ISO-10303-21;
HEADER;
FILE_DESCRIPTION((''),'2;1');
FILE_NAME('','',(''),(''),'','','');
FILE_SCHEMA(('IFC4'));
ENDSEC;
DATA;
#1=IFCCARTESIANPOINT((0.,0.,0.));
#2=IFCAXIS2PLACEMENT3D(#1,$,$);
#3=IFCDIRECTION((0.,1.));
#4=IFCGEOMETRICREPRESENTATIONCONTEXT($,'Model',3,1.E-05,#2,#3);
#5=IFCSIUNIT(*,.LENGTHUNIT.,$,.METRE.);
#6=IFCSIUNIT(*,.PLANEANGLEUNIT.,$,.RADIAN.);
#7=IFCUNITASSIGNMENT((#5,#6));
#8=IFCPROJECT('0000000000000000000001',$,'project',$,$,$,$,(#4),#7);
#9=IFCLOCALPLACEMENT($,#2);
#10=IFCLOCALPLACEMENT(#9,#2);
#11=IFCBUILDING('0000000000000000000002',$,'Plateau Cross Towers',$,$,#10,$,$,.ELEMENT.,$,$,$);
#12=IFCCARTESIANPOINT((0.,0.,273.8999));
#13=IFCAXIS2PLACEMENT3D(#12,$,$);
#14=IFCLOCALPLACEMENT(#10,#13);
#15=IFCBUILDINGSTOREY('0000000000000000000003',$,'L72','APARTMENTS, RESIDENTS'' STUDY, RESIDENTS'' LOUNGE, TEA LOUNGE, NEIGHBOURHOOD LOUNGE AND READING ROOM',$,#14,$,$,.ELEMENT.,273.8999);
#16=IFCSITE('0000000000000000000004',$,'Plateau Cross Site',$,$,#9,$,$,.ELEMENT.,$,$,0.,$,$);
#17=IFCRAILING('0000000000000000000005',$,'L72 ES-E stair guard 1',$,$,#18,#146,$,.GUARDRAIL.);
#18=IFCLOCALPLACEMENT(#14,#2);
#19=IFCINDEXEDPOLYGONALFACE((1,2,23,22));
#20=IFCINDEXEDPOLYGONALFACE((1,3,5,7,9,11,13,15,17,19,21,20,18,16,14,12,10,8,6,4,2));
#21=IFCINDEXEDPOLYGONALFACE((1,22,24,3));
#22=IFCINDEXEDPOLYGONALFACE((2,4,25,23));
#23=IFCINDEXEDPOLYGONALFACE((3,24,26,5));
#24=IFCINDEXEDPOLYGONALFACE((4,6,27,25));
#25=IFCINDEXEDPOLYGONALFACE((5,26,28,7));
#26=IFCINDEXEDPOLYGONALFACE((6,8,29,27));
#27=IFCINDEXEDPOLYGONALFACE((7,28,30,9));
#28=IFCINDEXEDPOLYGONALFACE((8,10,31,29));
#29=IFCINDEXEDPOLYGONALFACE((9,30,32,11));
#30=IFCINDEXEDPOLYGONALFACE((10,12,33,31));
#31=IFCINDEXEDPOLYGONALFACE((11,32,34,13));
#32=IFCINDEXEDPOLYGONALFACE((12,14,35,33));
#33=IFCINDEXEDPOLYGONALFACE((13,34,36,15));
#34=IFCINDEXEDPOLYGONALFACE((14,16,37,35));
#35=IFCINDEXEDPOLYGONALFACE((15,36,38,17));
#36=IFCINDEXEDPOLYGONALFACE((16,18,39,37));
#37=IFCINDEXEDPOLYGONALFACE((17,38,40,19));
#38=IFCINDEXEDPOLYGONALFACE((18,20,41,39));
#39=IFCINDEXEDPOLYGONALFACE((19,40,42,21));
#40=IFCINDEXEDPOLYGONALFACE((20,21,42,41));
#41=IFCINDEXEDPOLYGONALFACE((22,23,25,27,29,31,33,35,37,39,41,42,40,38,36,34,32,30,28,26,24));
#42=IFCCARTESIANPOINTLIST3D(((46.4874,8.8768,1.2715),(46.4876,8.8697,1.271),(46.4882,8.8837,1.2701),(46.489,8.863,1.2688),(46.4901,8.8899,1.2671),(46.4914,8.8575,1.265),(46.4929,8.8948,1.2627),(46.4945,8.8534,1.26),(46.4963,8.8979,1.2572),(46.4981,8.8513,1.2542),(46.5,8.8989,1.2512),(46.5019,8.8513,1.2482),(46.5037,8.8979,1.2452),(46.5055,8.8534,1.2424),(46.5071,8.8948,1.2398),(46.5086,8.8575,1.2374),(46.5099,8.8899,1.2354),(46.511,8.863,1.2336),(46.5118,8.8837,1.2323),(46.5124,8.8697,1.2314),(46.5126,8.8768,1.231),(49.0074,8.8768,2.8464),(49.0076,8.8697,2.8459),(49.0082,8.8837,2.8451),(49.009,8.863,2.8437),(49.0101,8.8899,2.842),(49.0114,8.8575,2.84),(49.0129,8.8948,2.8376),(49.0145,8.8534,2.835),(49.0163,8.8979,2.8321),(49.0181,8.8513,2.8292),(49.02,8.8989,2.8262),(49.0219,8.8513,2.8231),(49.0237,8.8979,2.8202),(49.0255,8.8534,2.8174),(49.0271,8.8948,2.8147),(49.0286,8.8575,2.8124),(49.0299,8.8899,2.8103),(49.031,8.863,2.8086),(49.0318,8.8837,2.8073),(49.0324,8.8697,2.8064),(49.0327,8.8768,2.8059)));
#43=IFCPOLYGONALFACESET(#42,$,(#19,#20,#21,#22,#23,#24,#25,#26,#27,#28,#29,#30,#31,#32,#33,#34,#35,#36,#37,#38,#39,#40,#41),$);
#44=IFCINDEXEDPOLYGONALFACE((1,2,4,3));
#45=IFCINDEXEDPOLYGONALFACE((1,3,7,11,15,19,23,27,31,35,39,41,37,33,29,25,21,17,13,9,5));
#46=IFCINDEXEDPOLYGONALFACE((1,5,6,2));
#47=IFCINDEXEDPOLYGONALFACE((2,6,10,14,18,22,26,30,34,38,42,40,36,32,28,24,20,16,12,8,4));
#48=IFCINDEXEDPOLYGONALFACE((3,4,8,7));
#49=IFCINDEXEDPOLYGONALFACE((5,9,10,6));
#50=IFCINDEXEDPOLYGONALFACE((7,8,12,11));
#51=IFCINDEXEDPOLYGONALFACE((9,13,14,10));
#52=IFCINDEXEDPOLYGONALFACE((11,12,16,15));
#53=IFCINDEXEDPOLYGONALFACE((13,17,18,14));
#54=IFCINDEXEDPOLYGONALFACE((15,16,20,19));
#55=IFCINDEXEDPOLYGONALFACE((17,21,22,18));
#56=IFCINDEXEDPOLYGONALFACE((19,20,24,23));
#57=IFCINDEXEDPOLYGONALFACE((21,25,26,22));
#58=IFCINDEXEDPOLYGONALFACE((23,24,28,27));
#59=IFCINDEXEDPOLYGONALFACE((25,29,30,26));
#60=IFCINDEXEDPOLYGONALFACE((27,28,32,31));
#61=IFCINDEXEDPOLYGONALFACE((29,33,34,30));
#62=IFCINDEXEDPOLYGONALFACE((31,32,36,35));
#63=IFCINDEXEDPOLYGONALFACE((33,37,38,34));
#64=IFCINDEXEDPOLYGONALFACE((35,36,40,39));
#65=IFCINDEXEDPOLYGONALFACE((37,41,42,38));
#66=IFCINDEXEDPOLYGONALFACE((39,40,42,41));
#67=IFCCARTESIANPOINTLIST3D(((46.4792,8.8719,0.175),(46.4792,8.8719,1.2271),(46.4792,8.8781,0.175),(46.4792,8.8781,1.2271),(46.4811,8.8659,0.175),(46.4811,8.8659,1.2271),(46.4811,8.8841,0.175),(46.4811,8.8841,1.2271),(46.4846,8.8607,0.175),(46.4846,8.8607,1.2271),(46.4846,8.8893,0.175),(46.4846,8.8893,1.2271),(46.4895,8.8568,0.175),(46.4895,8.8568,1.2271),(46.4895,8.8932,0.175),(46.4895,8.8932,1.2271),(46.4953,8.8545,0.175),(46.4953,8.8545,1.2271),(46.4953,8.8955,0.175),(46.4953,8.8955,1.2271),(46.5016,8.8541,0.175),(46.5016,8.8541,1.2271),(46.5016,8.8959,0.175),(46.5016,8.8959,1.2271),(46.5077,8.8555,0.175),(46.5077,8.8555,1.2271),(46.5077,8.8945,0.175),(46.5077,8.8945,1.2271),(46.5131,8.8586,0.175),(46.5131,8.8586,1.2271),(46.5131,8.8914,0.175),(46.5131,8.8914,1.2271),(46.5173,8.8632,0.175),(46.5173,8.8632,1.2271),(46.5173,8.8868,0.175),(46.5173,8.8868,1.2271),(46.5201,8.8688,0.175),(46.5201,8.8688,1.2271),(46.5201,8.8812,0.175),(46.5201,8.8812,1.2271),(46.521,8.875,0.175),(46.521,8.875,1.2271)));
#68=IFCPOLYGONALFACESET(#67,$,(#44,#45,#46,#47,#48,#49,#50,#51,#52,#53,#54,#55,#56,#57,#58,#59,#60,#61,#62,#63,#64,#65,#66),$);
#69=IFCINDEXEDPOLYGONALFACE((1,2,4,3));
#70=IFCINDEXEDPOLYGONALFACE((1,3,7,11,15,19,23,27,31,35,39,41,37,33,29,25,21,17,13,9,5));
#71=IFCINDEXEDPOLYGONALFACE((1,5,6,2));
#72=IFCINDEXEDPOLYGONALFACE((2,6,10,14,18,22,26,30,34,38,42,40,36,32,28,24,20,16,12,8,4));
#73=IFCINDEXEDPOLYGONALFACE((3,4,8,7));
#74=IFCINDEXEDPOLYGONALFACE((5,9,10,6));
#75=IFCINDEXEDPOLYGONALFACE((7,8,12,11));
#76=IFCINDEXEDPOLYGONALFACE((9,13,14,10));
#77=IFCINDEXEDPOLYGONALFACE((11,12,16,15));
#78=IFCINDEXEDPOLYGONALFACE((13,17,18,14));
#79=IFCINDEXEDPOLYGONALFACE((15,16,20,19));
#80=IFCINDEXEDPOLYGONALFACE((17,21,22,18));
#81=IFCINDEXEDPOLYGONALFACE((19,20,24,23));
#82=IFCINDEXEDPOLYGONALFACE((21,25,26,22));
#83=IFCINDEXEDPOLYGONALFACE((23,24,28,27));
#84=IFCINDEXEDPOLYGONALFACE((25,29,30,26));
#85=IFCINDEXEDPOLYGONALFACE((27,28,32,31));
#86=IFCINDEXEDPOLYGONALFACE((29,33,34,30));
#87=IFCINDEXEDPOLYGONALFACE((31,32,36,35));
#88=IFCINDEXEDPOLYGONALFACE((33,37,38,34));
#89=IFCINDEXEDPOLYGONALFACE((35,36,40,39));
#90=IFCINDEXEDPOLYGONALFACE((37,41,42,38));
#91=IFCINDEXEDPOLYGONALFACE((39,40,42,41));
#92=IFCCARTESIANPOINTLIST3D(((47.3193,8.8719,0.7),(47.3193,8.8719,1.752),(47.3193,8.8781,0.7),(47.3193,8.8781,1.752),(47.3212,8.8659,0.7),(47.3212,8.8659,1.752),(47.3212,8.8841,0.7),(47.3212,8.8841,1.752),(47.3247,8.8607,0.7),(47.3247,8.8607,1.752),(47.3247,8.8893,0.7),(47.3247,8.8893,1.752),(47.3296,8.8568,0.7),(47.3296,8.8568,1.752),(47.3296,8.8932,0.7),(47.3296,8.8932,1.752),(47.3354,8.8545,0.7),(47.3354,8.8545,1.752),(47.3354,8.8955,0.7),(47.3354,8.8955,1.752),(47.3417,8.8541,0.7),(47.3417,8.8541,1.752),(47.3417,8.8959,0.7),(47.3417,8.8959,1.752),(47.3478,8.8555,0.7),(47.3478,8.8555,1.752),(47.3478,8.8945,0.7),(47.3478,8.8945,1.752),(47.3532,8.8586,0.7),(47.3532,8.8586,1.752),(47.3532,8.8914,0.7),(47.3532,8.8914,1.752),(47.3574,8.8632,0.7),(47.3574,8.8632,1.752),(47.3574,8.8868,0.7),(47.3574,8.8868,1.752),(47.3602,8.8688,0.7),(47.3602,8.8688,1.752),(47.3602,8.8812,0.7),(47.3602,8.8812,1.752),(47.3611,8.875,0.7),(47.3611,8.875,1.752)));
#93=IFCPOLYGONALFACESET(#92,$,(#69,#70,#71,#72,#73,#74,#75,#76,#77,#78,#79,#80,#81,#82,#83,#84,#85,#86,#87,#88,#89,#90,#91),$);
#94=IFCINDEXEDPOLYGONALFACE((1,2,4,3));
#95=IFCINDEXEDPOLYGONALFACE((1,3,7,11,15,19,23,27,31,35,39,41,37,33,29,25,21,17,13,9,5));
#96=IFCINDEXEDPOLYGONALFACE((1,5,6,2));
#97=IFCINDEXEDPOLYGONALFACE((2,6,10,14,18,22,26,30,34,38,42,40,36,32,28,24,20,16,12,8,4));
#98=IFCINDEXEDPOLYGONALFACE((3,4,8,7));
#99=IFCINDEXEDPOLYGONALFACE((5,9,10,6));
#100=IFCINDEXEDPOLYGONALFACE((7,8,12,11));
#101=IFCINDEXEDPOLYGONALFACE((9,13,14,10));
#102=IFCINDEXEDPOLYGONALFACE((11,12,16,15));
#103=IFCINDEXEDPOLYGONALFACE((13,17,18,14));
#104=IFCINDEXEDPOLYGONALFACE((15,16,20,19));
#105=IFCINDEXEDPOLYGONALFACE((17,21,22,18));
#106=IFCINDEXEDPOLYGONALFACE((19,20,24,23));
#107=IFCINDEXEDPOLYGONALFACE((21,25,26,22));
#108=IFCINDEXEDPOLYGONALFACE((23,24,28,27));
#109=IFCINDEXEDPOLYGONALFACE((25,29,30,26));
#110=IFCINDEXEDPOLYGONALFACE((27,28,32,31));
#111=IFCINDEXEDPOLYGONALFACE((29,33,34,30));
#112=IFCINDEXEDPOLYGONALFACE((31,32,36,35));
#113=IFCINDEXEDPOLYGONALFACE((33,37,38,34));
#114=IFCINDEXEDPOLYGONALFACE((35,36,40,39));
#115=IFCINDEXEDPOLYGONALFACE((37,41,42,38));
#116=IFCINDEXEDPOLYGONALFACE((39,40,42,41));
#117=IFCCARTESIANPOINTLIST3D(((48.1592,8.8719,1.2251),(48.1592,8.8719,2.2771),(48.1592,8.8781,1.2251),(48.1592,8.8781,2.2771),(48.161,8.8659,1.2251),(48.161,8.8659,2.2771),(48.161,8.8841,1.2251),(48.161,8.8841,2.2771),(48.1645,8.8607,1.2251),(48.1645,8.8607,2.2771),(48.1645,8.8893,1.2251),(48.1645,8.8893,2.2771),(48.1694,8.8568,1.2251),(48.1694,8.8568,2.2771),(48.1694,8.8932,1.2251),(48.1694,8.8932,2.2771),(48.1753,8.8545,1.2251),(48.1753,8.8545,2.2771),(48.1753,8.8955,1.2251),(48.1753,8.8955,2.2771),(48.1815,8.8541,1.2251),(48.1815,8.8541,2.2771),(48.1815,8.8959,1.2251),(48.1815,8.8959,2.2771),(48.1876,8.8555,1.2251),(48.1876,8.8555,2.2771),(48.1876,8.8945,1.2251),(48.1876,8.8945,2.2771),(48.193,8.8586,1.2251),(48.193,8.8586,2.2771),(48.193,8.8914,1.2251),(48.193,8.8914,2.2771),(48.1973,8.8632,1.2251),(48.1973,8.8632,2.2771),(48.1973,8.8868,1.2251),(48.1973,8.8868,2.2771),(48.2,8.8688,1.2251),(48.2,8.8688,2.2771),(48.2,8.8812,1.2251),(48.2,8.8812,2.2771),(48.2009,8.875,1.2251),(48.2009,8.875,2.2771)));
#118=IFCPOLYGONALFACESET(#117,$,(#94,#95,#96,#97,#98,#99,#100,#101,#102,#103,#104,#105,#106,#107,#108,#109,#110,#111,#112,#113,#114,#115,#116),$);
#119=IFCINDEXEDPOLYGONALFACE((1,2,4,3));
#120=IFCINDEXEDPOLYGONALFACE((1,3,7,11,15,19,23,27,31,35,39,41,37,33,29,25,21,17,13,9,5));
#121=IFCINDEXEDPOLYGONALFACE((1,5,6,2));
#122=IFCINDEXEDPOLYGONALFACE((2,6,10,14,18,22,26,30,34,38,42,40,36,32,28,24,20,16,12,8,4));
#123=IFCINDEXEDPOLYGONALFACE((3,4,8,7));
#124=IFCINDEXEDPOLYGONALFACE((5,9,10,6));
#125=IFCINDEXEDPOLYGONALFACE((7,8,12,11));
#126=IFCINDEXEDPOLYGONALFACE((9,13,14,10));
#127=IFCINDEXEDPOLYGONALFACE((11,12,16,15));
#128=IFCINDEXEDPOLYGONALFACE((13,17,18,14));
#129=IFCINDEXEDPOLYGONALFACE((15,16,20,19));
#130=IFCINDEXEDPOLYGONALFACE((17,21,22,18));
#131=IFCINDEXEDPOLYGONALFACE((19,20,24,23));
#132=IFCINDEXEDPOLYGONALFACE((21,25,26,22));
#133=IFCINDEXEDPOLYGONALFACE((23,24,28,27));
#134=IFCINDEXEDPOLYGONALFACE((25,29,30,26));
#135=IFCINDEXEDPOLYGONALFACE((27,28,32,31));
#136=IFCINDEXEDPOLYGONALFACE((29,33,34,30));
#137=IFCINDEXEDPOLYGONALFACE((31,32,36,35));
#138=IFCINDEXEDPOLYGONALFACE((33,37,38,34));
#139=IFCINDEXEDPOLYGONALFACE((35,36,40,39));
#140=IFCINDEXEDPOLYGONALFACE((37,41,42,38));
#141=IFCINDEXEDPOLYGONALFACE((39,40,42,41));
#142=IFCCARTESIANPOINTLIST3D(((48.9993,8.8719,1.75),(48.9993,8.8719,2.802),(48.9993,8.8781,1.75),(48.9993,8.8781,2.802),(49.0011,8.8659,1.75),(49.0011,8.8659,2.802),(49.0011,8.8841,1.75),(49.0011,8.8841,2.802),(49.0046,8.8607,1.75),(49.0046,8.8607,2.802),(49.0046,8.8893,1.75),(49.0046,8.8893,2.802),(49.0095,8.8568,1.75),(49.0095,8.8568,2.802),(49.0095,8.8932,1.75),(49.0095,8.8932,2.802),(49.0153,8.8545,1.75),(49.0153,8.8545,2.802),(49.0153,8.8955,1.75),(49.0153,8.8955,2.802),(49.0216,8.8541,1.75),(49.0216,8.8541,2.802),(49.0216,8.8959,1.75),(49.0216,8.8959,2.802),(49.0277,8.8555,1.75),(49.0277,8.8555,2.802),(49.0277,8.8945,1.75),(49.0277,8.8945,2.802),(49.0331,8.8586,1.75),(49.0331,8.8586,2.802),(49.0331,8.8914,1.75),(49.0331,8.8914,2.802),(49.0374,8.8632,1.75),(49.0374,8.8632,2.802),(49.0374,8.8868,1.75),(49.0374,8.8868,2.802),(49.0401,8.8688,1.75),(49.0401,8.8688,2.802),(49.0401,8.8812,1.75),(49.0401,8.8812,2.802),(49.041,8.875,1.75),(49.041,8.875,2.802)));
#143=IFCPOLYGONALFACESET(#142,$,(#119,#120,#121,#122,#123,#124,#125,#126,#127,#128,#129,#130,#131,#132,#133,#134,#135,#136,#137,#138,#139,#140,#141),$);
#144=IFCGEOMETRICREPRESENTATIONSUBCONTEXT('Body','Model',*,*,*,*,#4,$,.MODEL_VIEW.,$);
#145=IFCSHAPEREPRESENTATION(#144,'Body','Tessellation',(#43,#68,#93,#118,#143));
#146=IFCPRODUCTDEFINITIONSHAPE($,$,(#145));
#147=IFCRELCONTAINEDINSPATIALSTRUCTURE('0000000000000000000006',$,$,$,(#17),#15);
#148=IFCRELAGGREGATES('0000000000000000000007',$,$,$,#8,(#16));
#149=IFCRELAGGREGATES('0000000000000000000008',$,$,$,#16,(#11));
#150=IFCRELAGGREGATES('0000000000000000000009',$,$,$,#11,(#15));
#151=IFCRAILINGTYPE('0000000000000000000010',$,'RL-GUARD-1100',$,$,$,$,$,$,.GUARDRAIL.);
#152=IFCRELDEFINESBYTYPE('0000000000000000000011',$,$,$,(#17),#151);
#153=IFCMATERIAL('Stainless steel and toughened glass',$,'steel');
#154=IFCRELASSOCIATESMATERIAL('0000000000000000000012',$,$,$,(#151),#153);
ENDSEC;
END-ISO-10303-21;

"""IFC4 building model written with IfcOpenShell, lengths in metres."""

from ifc_helpers import new_model, si_unit, direction, frame, origin, origin_2d, place, context, subcontext, project, spatial, circle, extrude, material, type_object, element, save


model = new_model("IFC4")

# Units and contexts
model_context = context("Model", 3, precision=1e-05, world=origin(), true_north=direction((0.0, 1.0)))
body_context = subcontext(model_context, "Body", "Model", "MODEL_VIEW")
ifc_project = project(units=[si_unit("LENGTHUNIT", "METRE"), si_unit("PLANEANGLEUNIT", "RADIAN")], contexts=[model_context])

# Site, building, storey
site_placement = place(None, origin())
site = spatial("IfcSite", under=ifc_project, at=site_placement, Name="Plateau Cross Site", CompositionType="ELEMENT", RefElevation=0.0)
building_placement = place(site_placement, origin())
building = spatial("IfcBuilding", under=site, at=building_placement, Name="Plateau Cross Towers", CompositionType="ELEMENT")
storey_placement = place(building_placement, frame((0.0, 0.0, 273.8999)))
storey = spatial("IfcBuildingStorey", under=building, at=storey_placement, Name="L72", Description="APARTMENTS, RESIDENTS' STUDY, RESIDENTS' LOUNGE, TEA LOUNGE, NEIGHBOURHOOD LOUNGE AND READING ROOM", CompositionType="ELEMENT", Elevation=273.8999)

# Railing
ifc_material_1 = material(Name="Stainless steel and toughened glass", Category="steel")
railing_type_1 = type_object("IfcRailingType", Name="RL-GUARD-1100", PredefinedType="GUARDRAIL", material=ifc_material_1)
railing_1_placement = place(storey_placement, frame((46.5, 8.875, 0.175)))
element("IfcRailing", 1, at=railing_1_placement, inside=storey, type_object=railing_type_1, Name="L72 ES-E stair guard 1", PredefinedType="GUARDRAIL", context=body_context, shape_type="SweptSolid", body=[
    extrude(circle(Radius=0.0239, at=origin_2d()), frame((0.0, 0.0, 1.0762), z_axis=(0.848008, 0.0, 0.529984), x_axis=(0.0, 1.0, 0.0)), (0.0, 0.0, 1.0), 2.9717),
    extrude(circle(Radius=0.021, at=origin_2d()), origin(), (0.0, 0.0, 1.0), 1.052),
    extrude(circle(Radius=0.021, at=origin_2d()), frame((0.8401, 0.0, 0.5249)), (0.0, 0.0, 1.0), 1.052),
    extrude(circle(Radius=0.021, at=origin_2d()), frame((1.6799, 0.0, 1.05)), (0.0, 0.0, 1.0), 1.052),
    extrude(circle(Radius=0.021, at=origin_2d()), frame((2.52, 0.0, 1.575)), (0.0, 0.0, 1.0), 1.052),
])

save(model, "model.ifc")
